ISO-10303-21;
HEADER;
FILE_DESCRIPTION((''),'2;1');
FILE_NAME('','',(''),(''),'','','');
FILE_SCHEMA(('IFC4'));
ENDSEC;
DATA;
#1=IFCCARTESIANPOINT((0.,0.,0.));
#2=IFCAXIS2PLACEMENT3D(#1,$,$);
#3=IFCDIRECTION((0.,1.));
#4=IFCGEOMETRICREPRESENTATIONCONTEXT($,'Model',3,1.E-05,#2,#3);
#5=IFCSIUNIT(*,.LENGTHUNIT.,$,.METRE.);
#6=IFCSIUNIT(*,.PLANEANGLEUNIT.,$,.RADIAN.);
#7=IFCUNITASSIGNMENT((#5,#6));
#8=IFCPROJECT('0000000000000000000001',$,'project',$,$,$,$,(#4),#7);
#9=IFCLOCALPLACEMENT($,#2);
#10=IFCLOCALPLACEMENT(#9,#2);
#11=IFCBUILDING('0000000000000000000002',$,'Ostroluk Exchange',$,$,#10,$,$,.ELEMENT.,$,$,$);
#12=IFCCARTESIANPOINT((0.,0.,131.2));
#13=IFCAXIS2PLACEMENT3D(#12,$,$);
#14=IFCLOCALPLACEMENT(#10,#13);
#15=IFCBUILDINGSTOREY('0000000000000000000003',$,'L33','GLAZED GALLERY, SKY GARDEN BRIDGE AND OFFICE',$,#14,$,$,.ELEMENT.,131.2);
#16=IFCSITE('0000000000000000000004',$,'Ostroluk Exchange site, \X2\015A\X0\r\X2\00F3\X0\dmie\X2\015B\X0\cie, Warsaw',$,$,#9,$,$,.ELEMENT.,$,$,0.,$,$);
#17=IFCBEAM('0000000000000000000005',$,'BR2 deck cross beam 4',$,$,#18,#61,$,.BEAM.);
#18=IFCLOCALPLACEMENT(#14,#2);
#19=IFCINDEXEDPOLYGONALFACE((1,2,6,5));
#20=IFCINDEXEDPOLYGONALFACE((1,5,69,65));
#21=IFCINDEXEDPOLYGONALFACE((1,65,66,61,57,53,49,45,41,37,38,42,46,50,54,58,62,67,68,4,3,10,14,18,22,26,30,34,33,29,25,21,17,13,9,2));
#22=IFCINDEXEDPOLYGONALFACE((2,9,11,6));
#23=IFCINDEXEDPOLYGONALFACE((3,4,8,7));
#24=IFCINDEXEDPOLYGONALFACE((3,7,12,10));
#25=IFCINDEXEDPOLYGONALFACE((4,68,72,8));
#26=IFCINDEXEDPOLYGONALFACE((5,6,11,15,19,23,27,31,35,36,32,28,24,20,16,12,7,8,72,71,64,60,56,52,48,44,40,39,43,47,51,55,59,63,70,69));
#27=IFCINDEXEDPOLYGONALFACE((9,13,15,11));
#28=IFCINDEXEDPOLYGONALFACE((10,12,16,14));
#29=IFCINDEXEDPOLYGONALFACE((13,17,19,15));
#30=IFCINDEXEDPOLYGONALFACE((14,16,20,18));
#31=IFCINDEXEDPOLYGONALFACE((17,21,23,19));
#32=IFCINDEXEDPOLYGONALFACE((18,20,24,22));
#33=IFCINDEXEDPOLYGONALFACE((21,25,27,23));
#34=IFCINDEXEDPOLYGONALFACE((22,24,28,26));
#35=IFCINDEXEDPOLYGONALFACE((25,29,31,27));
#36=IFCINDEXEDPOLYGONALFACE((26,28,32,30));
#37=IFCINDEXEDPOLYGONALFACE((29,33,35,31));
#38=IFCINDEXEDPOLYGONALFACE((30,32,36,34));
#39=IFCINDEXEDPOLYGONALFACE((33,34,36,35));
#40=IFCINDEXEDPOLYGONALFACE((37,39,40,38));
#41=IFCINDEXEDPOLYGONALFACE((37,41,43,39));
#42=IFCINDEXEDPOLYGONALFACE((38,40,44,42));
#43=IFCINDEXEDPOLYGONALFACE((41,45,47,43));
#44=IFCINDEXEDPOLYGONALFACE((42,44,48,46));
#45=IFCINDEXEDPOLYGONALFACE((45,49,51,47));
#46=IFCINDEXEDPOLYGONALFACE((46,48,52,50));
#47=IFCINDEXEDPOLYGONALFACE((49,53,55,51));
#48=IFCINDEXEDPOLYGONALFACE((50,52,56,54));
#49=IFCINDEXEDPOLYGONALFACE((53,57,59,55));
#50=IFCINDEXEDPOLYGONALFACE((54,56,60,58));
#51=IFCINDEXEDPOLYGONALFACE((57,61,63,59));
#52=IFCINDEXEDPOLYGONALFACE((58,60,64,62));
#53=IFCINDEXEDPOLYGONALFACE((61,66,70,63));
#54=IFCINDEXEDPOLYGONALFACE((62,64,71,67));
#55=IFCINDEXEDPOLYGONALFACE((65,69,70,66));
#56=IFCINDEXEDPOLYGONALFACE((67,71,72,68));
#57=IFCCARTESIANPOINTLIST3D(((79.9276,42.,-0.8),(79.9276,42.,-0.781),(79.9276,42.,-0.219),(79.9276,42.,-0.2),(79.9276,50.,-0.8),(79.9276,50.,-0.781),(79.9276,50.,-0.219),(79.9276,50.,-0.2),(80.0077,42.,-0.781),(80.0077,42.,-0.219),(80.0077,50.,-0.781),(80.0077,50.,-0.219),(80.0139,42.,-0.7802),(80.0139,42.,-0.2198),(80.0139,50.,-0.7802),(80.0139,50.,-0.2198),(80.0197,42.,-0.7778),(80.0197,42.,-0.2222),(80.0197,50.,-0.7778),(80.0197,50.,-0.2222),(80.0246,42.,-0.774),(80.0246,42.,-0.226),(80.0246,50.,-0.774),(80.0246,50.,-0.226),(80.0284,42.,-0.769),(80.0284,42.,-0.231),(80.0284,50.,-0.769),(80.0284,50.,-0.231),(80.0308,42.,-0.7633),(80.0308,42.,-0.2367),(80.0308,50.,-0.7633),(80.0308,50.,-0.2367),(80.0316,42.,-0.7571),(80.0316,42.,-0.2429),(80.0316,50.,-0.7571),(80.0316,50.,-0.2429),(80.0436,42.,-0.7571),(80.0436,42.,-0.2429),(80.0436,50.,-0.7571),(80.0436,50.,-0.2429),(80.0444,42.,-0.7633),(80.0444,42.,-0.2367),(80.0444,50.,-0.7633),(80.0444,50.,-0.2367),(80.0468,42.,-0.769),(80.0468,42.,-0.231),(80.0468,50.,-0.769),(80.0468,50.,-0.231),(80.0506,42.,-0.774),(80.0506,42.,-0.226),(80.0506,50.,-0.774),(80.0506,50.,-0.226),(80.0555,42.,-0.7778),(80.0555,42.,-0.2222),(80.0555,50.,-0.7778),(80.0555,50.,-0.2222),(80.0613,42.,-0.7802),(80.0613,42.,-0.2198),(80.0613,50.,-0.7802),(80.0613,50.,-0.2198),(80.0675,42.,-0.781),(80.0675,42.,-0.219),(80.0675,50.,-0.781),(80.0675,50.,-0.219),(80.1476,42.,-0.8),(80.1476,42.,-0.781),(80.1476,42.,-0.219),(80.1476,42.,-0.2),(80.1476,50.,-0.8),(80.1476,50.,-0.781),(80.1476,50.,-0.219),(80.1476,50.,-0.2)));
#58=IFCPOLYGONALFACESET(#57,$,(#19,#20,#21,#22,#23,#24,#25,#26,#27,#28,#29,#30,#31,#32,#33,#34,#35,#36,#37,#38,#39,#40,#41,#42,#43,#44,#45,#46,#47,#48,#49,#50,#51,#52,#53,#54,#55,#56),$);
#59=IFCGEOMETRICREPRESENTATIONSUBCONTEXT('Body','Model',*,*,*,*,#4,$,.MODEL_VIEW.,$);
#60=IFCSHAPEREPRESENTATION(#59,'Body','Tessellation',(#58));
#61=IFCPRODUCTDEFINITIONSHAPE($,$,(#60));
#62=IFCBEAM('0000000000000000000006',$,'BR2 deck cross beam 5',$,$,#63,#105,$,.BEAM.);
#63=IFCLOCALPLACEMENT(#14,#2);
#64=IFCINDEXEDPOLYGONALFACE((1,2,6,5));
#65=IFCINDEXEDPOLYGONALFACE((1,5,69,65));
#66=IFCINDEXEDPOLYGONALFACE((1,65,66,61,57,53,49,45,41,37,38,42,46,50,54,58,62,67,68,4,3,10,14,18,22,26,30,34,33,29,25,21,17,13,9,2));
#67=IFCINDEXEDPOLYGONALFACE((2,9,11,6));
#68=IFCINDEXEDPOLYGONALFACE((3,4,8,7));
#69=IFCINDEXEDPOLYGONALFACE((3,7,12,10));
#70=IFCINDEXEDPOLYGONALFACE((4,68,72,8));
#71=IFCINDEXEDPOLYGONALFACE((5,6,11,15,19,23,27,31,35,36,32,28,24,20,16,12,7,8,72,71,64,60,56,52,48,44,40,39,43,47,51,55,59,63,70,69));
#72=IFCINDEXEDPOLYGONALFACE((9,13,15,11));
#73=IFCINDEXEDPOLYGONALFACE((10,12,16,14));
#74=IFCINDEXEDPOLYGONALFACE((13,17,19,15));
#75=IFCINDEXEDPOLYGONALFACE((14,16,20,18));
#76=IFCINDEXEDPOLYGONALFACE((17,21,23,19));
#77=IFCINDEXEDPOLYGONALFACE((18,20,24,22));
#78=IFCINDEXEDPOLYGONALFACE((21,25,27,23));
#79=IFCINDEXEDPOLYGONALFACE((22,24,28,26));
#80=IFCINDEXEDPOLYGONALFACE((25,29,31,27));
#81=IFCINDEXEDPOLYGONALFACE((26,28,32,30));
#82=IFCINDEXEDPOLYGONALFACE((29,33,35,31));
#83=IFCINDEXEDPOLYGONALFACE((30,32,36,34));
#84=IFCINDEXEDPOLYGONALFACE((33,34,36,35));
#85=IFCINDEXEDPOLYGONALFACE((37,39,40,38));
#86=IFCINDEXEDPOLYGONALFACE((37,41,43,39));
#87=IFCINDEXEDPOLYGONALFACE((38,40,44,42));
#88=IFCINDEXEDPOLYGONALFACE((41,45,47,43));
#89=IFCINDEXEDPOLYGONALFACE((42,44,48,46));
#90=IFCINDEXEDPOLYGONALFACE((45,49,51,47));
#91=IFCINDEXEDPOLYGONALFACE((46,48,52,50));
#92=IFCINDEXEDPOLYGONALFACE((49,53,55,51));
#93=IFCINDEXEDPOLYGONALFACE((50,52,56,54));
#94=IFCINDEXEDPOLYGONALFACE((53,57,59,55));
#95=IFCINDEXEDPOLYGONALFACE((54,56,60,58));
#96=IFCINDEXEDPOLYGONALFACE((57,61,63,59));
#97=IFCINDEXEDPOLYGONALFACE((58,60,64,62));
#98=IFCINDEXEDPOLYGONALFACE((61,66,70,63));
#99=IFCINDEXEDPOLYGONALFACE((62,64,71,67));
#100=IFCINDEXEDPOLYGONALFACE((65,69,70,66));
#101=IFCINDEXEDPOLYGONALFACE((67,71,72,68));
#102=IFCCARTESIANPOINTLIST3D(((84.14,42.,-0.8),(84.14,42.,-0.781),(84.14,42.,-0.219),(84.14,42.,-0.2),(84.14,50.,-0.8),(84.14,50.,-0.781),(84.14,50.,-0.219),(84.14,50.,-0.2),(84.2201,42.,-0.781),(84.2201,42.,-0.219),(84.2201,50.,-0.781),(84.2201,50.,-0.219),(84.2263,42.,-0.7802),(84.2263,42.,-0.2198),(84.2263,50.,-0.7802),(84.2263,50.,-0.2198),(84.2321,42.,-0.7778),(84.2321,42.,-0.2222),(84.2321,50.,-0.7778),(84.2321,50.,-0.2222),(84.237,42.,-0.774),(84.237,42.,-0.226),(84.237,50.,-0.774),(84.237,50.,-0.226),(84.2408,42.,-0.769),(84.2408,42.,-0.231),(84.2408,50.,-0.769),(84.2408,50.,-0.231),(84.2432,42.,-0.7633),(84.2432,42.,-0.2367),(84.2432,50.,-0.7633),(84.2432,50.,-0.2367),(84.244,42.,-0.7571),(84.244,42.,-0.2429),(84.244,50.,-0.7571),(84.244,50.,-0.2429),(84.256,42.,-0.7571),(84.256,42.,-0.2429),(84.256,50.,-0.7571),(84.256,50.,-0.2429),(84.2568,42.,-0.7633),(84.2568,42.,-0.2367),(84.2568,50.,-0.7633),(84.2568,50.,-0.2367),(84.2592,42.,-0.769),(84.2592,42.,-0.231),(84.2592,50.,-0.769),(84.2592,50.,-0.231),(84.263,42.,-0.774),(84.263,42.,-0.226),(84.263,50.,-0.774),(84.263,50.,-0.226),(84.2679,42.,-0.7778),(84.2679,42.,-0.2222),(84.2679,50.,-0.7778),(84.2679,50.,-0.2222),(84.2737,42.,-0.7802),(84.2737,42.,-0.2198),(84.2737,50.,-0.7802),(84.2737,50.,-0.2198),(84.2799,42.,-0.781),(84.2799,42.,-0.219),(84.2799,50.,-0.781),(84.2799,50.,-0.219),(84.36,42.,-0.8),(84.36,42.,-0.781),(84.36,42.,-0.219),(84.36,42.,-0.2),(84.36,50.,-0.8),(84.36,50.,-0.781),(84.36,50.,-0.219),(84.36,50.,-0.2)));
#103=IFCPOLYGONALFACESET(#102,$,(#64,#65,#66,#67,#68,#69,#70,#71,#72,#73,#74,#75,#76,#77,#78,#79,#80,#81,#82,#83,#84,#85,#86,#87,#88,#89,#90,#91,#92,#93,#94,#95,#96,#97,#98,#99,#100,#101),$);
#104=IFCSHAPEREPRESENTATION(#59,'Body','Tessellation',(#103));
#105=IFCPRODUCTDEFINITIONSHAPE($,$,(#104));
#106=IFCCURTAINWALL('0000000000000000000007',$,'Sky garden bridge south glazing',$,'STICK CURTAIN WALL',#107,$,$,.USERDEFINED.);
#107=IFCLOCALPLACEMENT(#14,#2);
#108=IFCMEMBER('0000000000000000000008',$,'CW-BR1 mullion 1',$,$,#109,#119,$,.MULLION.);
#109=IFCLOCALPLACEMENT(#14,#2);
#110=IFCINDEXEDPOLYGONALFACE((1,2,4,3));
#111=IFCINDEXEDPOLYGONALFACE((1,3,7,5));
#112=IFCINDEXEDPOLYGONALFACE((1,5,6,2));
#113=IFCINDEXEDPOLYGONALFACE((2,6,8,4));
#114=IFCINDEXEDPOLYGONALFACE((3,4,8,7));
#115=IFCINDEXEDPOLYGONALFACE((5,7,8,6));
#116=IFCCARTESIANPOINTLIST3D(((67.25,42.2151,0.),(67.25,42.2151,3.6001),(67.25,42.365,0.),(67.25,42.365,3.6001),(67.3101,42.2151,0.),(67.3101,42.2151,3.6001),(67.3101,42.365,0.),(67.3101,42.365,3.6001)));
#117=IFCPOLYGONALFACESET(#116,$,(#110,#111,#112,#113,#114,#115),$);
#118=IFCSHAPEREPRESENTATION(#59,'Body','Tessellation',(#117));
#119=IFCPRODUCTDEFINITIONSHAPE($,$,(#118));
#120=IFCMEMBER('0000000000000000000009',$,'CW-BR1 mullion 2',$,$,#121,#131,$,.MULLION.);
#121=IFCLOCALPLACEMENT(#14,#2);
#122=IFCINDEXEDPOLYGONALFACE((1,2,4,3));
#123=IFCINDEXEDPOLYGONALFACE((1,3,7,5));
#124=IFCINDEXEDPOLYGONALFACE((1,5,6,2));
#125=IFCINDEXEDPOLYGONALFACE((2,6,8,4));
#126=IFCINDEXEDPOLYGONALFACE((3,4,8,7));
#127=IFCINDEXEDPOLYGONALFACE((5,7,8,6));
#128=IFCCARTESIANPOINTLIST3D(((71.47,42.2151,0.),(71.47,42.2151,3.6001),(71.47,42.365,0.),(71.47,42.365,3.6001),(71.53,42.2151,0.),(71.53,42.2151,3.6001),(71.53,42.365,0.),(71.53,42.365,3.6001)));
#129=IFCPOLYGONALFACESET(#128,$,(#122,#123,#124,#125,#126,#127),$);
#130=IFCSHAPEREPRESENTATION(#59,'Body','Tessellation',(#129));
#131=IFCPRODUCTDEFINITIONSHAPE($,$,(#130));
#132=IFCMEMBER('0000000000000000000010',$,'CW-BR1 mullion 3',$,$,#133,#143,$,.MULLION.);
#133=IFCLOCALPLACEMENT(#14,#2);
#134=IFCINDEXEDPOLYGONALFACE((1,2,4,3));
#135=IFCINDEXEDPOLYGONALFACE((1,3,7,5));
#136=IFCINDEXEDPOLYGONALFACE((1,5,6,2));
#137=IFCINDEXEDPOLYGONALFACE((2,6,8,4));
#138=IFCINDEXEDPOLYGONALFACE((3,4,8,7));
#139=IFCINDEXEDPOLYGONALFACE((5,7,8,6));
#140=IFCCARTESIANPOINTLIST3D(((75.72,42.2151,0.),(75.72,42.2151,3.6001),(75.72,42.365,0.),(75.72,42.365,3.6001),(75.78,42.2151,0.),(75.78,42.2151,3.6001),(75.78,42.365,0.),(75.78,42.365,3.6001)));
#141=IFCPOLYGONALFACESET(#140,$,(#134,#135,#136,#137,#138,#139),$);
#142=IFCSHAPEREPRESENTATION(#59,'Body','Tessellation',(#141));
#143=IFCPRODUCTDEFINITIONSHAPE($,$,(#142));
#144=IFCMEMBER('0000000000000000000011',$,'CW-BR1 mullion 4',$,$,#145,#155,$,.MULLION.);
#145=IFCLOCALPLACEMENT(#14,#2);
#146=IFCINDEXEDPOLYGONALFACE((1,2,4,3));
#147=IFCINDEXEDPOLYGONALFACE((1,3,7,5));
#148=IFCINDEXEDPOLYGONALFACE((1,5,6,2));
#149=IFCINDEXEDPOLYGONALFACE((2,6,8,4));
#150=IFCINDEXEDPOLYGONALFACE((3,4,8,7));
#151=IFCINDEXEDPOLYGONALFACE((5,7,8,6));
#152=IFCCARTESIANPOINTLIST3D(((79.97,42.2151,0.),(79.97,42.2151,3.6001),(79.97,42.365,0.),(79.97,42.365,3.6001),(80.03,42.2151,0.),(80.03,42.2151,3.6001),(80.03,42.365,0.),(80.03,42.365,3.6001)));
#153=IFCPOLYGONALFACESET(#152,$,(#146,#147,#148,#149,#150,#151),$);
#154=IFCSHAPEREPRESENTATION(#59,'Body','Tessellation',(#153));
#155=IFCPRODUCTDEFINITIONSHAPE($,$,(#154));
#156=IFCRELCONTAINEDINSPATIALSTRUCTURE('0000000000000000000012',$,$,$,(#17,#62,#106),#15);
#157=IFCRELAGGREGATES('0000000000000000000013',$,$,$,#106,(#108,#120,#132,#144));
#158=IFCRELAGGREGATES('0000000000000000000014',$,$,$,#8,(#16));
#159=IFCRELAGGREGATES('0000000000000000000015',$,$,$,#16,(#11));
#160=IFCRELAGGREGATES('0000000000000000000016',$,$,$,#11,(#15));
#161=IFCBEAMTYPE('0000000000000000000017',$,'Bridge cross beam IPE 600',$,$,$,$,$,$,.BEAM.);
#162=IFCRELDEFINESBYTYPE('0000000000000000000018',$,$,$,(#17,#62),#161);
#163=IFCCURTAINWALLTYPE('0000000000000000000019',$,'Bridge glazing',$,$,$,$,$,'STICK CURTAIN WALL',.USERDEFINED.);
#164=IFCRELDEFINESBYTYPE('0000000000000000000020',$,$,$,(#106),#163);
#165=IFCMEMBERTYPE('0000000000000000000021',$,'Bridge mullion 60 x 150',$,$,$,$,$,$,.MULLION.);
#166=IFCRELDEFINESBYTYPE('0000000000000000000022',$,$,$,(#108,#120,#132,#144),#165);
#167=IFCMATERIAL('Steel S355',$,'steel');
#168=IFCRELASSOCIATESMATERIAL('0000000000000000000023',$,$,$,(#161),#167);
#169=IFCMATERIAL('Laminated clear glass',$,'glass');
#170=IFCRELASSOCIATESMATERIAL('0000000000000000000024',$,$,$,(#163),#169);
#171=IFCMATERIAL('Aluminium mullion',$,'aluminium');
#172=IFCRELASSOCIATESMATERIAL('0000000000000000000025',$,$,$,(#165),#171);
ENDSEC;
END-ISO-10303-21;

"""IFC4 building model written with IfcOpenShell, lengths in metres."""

from ifc_helpers import new_model, si_unit, direction, frame, origin, origin_2d, place, context, subcontext, project, spatial, rectangle, i_section, extrude, material, material_profile, profile_set, type_object, element, aggregate, save


model = new_model("IFC4")

# Units and contexts
model_context = context("Model", 3, precision=1e-05, world=origin(), true_north=direction((0.0, 1.0)))
body_context = subcontext(model_context, "Body", "Model", "MODEL_VIEW")
ifc_project = project(units=[si_unit("LENGTHUNIT", "METRE"), si_unit("PLANEANGLEUNIT", "RADIAN")], contexts=[model_context])

# Site, building, storey
site_placement = place(None, origin())
site = spatial("IfcSite", under=ifc_project, at=site_placement, Name="Ostroluk Exchange site, Śródmieście, Warsaw", CompositionType="ELEMENT", RefElevation=0.0)
building_placement = place(site_placement, origin())
building = spatial("IfcBuilding", under=site, at=building_placement, Name="Ostroluk Exchange", CompositionType="ELEMENT")
storey_placement = place(building_placement, frame((0.0, 0.0, 131.2)))
storey = spatial("IfcBuildingStorey", under=building, at=storey_placement, Name="L33", Description="GLAZED GALLERY, SKY GARDEN BRIDGE AND OFFICE", CompositionType="ELEMENT", Elevation=131.2)

# Beams
ifc_material_1 = material(Name="Steel S355", Category="steel")
ifc_material_profile_1 = material_profile(ifc_material_1, i_section(OverallWidth=0.22, OverallDepth=0.6001, WebThickness=0.012, FlangeThickness=0.019, FilletRadius=0.0239, at=origin_2d()), Name="IPE 600")
ifc_profile_set_1 = profile_set([ifc_material_profile_1], Name="Steel S355")
beam_type_1 = type_object("IfcBeamType", Name="Bridge cross beam IPE 600", PredefinedType="BEAM", material=ifc_profile_set_1)
for number, where, z_axis, x_axis, name in (
    (1, (80.0376, 42.0, -0.5), (0.0, 1.0, 0.0), (-1.0, 0.0, 0.0), "BR2 deck cross beam 4"),
    (2, (84.25, 42.0, -0.5), (0.0, 1.0, 0.0), (-1.0, 0.0, 0.0), "BR2 deck cross beam 5"),
):
    element("IfcBeam", number, at=place(storey_placement, frame(where, z_axis=z_axis, x_axis=x_axis)), inside=storey, type_object=beam_type_1, Name=name, PredefinedType="BEAM", context=body_context, shape_type="SweptSolid", body=[
        extrude(i_section(OverallWidth=0.22, OverallDepth=0.6001, WebThickness=0.012, FlangeThickness=0.019, FilletRadius=0.0239, at=origin_2d()), origin(), (0.0, 0.0, 1.0), 8.0),
    ])

# Curtain wall, members
ifc_material_2 = material(Name="Laminated clear glass", Category="glass")
curtain_wall_type_1 = type_object("IfcCurtainWallType", Name="Bridge glazing", ElementType="STICK CURTAIN WALL", PredefinedType="USERDEFINED", material=ifc_material_2)
curtain_wall_1_placement = place(storey_placement, origin())
curtain_wall_1 = element("IfcCurtainWall", 3, at=curtain_wall_1_placement, inside=storey, type_object=curtain_wall_type_1, Name="Sky garden bridge south glazing", ObjectType="STICK CURTAIN WALL", PredefinedType="USERDEFINED")
ifc_material_3 = material(Name="Aluminium mullion", Category="aluminium")
ifc_material_profile_2 = material_profile(ifc_material_3, rectangle(XDim=0.1499, YDim=0.0601, at=origin_2d()), Name="Bridge mullion 60 x 150")
ifc_profile_set_2 = profile_set([ifc_material_profile_2], Name="Aluminium mullion")
member_type_1 = type_object("IfcMemberType", Name="Bridge mullion 60 x 150", PredefinedType="MULLION", material=ifc_profile_set_2)
member_1_placement = place(storey_placement, frame((67.28, 42.29, 0.0), z_axis=(0.0, 0.0, 1.0), x_axis=(0.0, 1.0, 0.0)))
member_1 = element("IfcMember", 4, at=member_1_placement, type_object=member_type_1, Name="CW-BR1 mullion 1", PredefinedType="MULLION", context=body_context, shape_type="SweptSolid", body=[
    extrude(rectangle(XDim=0.1499, YDim=0.0601, at=origin_2d()), origin(), (0.0, 0.0, 1.0), 3.6001),
])
member_2_placement = place(storey_placement, frame((71.5, 42.29, 0.0), z_axis=(0.0, 0.0, 1.0), x_axis=(0.0, 1.0, 0.0)))
member_2 = element("IfcMember", 5, at=member_2_placement, type_object=member_type_1, Name="CW-BR1 mullion 2", PredefinedType="MULLION", context=body_context, shape_type="SweptSolid", body=[
    extrude(rectangle(XDim=0.1499, YDim=0.0601, at=origin_2d()), origin(), (0.0, 0.0, 1.0), 3.6001),
])
member_3_placement = place(storey_placement, frame((75.75, 42.29, 0.0), z_axis=(0.0, 0.0, 1.0), x_axis=(0.0, 1.0, 0.0)))
member_3 = element("IfcMember", 6, at=member_3_placement, type_object=member_type_1, Name="CW-BR1 mullion 3", PredefinedType="MULLION", context=body_context, shape_type="SweptSolid", body=[
    extrude(rectangle(XDim=0.1499, YDim=0.0601, at=origin_2d()), origin(), (0.0, 0.0, 1.0), 3.6001),
])
member_4_placement = place(storey_placement, frame((80.0, 42.29, 0.0), z_axis=(0.0, 0.0, 1.0), x_axis=(0.0, 1.0, 0.0)))
member_4 = element("IfcMember", 7, at=member_4_placement, type_object=member_type_1, Name="CW-BR1 mullion 4", PredefinedType="MULLION", context=body_context, shape_type="SweptSolid", body=[
    extrude(rectangle(XDim=0.1499, YDim=0.0601, at=origin_2d()), origin(), (0.0, 0.0, 1.0), 3.6001),
])

aggregate(curtain_wall_1, [member_1, member_2, member_3, member_4])

save(model, "model.ifc")
